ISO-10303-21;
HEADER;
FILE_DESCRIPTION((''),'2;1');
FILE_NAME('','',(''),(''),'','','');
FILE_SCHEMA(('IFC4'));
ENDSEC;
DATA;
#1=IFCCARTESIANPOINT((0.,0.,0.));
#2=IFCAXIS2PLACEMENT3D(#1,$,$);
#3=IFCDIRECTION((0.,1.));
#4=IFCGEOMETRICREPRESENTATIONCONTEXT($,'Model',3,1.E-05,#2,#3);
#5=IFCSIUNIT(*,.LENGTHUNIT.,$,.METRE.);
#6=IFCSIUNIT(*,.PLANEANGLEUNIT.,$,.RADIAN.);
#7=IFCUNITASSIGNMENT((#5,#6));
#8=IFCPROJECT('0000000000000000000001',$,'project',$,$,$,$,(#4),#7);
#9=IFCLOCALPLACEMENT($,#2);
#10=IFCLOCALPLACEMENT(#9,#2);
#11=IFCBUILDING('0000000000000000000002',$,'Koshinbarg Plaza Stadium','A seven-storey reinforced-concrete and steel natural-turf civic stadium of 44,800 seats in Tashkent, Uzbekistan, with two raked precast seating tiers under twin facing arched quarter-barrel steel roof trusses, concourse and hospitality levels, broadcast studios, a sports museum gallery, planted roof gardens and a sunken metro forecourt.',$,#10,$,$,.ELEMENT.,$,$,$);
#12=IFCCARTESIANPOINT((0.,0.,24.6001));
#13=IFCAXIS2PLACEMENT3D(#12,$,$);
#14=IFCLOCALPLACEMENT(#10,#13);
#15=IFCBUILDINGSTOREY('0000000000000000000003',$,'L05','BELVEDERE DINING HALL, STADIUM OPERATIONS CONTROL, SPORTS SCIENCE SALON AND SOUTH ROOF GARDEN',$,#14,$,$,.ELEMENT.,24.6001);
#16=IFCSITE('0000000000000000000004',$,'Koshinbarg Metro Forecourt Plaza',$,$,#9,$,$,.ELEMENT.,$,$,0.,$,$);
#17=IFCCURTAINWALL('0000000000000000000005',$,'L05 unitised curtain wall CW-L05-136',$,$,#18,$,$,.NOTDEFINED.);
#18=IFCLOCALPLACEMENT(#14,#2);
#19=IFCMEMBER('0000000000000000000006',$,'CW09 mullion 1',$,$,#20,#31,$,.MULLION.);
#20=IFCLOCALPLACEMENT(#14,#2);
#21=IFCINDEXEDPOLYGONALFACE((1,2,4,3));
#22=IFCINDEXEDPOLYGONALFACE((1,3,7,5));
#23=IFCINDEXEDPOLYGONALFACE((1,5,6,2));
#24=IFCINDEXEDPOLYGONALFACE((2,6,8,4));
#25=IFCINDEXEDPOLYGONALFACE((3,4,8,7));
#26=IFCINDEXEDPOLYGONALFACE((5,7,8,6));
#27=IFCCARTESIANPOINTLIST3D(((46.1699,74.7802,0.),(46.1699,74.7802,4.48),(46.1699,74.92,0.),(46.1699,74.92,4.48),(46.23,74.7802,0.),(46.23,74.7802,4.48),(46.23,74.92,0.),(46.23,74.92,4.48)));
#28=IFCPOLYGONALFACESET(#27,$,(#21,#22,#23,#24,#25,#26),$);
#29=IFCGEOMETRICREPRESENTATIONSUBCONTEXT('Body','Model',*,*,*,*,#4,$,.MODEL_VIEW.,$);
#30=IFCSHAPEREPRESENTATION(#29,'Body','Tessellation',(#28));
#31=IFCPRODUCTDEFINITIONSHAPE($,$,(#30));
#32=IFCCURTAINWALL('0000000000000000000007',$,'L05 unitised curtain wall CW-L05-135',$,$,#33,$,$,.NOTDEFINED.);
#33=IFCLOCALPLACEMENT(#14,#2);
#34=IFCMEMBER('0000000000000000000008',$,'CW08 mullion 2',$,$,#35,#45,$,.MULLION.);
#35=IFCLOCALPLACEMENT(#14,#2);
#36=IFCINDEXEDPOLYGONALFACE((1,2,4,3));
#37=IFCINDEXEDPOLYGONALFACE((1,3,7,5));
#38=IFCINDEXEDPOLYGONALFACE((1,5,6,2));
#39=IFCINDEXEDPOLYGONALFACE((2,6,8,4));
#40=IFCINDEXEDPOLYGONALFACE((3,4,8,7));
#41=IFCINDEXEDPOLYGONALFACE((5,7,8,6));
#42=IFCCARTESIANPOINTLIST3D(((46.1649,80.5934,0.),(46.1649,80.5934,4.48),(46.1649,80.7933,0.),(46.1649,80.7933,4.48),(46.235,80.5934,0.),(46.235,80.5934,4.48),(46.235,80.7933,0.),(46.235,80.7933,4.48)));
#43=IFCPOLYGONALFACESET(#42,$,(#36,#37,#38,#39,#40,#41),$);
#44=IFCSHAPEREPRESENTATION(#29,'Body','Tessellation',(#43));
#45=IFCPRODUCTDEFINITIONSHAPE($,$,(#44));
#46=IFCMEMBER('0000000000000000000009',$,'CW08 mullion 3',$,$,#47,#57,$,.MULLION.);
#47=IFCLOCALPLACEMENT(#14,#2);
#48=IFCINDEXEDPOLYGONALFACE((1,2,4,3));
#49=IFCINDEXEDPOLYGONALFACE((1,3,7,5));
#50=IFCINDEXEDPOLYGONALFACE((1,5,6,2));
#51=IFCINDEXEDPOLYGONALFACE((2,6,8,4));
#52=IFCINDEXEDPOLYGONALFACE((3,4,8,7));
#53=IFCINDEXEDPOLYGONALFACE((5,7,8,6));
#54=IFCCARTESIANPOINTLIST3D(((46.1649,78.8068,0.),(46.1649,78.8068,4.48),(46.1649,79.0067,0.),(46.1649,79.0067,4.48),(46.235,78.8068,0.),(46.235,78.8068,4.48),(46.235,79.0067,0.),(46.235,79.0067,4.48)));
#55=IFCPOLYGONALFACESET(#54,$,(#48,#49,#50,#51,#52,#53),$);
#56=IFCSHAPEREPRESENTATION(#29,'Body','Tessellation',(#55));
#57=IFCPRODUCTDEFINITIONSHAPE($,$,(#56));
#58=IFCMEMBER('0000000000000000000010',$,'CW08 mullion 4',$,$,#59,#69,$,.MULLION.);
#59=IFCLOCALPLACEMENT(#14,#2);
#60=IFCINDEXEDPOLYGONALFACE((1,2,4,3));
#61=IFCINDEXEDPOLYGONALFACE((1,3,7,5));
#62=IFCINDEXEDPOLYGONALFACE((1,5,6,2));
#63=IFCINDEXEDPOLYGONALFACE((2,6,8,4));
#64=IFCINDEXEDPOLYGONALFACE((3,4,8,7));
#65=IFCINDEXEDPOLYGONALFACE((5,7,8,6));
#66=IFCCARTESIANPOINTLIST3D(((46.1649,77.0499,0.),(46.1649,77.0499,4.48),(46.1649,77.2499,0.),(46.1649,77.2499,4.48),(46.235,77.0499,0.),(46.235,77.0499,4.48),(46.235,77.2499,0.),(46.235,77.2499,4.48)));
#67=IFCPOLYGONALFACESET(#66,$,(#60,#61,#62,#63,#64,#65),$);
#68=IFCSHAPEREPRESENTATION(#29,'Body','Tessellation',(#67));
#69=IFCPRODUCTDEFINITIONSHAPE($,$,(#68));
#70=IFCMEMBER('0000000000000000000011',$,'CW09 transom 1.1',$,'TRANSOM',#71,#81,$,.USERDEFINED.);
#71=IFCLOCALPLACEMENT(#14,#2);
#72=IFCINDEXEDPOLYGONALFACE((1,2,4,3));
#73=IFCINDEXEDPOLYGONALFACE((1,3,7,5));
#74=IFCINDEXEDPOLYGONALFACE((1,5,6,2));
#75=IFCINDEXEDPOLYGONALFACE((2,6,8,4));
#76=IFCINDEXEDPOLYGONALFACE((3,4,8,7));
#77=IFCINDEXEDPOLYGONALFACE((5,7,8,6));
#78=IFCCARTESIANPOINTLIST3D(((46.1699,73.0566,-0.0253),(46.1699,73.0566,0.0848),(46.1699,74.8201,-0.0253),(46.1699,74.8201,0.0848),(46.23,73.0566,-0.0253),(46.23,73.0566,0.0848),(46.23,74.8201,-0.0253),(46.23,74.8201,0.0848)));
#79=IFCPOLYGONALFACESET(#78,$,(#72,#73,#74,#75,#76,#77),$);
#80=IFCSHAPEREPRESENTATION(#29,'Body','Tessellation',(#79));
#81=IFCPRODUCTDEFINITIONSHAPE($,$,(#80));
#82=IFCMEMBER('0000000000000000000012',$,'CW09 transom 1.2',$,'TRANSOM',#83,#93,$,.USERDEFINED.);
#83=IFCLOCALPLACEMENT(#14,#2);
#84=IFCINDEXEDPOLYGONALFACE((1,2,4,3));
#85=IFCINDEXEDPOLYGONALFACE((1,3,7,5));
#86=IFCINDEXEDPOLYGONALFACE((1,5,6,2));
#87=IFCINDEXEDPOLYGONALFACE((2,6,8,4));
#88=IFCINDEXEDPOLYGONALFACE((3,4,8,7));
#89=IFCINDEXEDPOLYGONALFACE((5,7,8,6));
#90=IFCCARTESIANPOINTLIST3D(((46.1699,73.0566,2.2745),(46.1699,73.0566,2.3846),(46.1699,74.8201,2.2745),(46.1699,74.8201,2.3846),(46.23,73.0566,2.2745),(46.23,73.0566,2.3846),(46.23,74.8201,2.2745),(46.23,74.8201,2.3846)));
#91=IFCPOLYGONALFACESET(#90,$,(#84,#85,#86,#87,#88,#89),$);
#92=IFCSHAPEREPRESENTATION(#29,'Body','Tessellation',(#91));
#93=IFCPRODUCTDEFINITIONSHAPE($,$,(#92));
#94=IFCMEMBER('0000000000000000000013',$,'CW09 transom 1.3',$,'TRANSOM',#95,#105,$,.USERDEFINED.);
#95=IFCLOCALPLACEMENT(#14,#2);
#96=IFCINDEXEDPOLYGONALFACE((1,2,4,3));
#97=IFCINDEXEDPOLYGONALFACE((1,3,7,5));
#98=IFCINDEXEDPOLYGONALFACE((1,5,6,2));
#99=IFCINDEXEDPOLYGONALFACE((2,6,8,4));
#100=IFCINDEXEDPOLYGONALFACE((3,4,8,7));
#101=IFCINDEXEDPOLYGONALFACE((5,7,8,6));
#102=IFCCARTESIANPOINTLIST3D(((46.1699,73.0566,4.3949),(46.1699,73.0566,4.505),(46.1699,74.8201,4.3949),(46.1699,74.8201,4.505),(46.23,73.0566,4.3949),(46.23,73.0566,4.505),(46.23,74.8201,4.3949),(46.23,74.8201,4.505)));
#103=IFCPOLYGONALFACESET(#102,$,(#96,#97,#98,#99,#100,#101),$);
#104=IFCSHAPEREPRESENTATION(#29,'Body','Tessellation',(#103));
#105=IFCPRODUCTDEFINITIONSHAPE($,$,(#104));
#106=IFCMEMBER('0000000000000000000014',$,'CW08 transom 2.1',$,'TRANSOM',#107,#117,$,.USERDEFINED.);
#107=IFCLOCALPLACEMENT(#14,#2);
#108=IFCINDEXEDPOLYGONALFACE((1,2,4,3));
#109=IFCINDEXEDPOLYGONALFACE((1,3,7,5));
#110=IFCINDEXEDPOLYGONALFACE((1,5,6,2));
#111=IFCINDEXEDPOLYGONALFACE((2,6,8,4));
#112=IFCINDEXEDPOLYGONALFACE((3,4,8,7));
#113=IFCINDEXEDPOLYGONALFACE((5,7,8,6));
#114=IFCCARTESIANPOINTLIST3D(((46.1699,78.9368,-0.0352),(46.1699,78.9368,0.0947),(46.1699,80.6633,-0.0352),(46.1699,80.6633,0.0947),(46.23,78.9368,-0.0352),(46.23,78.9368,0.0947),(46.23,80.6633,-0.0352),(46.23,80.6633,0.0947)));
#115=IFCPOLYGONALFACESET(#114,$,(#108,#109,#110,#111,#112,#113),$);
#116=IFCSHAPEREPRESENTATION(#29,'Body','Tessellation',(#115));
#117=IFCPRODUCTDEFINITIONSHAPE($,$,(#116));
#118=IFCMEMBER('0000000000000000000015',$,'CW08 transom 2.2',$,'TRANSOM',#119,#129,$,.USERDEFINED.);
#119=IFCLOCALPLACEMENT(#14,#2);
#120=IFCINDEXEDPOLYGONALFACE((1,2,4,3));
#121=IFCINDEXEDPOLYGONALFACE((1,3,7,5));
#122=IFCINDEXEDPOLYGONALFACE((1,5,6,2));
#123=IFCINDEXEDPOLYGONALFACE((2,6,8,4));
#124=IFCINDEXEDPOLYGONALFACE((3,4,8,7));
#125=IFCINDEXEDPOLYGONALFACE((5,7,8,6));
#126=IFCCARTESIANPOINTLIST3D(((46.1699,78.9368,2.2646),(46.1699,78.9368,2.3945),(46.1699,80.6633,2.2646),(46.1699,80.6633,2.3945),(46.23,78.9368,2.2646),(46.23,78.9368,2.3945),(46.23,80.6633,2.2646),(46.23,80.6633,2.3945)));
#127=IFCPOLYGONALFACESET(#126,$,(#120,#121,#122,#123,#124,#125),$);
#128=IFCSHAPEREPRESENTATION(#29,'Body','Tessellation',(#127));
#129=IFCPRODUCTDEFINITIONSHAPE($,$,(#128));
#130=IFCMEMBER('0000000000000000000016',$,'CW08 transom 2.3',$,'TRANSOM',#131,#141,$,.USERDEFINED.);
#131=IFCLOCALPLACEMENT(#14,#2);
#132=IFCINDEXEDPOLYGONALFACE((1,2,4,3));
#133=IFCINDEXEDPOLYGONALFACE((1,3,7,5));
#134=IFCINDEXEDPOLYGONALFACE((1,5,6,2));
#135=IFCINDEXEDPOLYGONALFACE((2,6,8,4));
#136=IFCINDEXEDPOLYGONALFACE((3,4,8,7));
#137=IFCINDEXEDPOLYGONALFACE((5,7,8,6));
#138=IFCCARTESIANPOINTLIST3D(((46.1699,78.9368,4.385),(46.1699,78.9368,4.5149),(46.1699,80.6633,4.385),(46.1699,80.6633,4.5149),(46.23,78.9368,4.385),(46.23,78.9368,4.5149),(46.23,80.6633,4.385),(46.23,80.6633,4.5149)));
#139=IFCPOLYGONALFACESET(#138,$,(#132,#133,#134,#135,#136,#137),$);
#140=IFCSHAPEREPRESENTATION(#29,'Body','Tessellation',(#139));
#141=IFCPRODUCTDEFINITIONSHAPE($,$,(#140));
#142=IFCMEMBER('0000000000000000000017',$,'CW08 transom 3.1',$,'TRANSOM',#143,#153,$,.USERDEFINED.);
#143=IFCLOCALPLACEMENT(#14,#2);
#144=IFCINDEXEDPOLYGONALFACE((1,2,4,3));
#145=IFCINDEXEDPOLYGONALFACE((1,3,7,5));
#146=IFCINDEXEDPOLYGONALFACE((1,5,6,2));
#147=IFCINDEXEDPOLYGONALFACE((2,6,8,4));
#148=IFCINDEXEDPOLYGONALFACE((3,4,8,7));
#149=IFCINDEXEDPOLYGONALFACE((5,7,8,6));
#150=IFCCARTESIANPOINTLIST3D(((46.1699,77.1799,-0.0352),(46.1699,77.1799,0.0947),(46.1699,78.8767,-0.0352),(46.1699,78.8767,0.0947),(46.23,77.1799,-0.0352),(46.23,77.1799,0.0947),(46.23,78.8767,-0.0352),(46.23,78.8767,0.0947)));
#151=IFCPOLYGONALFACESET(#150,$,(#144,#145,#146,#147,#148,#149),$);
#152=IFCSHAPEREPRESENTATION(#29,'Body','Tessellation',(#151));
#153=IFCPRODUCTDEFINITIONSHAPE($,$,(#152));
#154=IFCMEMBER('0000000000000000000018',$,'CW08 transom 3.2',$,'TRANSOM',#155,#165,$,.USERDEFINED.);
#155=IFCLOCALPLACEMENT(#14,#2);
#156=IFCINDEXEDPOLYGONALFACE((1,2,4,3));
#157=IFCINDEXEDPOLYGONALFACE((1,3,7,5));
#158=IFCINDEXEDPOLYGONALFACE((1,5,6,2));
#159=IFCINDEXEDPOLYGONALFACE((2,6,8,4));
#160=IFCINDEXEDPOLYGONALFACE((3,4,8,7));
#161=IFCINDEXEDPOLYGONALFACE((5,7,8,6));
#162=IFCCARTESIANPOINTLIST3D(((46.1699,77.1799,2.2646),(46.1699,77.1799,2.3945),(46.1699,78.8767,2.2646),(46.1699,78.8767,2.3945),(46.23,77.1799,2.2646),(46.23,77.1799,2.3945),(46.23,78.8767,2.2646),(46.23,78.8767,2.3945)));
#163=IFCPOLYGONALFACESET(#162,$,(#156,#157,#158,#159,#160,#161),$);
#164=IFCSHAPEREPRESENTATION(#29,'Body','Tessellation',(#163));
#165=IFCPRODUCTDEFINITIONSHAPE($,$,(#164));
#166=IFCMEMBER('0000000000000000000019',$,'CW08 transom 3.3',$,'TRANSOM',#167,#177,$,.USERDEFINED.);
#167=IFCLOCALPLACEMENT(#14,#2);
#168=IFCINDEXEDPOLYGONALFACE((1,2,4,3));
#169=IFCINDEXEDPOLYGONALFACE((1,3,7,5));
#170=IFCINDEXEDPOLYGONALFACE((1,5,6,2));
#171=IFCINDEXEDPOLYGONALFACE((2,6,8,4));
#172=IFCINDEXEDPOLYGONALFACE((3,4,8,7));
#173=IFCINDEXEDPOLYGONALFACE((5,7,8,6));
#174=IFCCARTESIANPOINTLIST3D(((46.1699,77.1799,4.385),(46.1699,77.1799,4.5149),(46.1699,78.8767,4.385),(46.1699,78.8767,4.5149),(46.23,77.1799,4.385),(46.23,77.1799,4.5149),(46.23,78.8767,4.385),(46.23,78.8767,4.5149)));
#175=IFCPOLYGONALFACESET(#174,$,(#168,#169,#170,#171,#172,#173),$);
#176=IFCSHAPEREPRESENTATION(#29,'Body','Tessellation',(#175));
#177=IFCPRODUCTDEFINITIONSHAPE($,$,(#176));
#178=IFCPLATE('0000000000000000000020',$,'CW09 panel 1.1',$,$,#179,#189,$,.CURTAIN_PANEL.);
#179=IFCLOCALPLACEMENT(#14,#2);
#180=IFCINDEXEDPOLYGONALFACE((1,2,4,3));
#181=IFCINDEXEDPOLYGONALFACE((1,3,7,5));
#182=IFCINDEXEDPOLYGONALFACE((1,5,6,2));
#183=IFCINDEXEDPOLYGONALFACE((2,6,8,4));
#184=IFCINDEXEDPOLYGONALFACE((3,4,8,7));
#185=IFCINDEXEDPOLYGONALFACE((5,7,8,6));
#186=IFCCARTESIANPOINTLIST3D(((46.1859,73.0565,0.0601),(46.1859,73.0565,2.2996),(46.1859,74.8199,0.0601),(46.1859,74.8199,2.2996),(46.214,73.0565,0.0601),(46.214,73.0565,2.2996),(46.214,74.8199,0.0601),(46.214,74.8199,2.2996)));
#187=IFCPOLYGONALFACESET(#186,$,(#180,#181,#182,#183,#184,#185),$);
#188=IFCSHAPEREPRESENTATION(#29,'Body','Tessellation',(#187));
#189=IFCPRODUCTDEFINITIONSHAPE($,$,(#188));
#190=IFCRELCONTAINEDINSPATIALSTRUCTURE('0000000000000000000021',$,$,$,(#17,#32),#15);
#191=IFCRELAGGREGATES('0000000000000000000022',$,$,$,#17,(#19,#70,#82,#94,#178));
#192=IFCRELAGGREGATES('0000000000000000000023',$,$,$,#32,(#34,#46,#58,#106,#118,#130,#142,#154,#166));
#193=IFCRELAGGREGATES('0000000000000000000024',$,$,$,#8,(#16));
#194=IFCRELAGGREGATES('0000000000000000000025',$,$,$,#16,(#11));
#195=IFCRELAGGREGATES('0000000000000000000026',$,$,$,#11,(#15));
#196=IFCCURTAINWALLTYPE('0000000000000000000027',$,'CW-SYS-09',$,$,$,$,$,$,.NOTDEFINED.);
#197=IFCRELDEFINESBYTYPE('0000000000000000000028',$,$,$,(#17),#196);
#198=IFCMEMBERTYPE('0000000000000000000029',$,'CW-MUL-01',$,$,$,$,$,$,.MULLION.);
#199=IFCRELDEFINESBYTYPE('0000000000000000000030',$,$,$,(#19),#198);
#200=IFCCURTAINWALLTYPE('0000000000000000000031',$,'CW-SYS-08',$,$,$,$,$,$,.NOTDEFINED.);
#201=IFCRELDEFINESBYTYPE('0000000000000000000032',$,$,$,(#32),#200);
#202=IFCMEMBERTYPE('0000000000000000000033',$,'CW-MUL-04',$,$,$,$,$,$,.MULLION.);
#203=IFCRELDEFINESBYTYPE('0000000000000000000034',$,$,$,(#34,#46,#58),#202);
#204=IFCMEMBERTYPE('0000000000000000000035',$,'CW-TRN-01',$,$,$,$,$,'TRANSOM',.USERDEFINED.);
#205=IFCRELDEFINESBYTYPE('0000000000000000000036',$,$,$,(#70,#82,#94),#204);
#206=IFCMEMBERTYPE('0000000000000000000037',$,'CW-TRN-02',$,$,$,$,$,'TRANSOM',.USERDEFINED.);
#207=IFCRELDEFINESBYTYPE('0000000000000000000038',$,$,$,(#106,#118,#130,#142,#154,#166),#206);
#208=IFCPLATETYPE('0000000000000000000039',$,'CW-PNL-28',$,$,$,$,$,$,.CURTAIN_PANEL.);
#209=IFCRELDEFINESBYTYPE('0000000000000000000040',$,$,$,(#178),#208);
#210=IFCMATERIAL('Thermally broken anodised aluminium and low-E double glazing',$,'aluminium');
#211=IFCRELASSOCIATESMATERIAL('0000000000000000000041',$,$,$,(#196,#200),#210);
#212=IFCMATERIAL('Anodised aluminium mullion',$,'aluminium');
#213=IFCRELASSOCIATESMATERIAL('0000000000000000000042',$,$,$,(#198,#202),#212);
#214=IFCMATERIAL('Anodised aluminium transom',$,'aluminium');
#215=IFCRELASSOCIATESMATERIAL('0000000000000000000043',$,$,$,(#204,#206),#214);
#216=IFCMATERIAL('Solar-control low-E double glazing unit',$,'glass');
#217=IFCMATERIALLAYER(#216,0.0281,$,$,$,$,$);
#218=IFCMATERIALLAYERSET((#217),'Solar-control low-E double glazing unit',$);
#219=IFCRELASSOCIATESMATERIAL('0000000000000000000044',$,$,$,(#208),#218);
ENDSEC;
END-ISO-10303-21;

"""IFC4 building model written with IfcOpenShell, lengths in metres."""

from ifc_helpers import new_model, si_unit, direction, frame, origin, origin_2d, place, context, subcontext, project, spatial, rectangle, extrude, material, layer, layer_set, material_profile, profile_set, type_object, element, aggregate, save


model = new_model("IFC4")

# Units and contexts
model_context = context("Model", 3, precision=1e-05, world=origin(), true_north=direction((0.0, 1.0)))
body_context = subcontext(model_context, "Body", "Model", "MODEL_VIEW")
ifc_project = project(units=[si_unit("LENGTHUNIT", "METRE"), si_unit("PLANEANGLEUNIT", "RADIAN")], contexts=[model_context])

# Site, building, storey
site_placement = place(None, origin())
site = spatial("IfcSite", under=ifc_project, at=site_placement, Name="Koshinbarg Metro Forecourt Plaza", CompositionType="ELEMENT", RefElevation=0.0)
building_placement = place(site_placement, origin())
building = spatial("IfcBuilding", under=site, at=building_placement, Name="Koshinbarg Plaza Stadium", Description="A seven-storey reinforced-concrete and steel natural-turf civic stadium of 44,800 seats in Tashkent, Uzbekistan, with two raked precast seating tiers under twin facing arched quarter-barrel steel roof trusses, concourse and hospitality levels, broadcast studios, a sports museum gallery, planted roof gardens and a sunken metro forecourt.", CompositionType="ELEMENT")
storey_placement = place(building_placement, frame((0.0, 0.0, 24.6001)))
storey = spatial("IfcBuildingStorey", under=building, at=storey_placement, Name="L05", Description="BELVEDERE DINING HALL, STADIUM OPERATIONS CONTROL, SPORTS SCIENCE SALON AND SOUTH ROOF GARDEN", CompositionType="ELEMENT", Elevation=24.6001)

# Curtain wall, member
ifc_material_1 = material(Name="Thermally broken anodised aluminium and low-E double glazing", Category="aluminium")
curtain_wall_type_1 = type_object("IfcCurtainWallType", Name="CW-SYS-09", PredefinedType="NOTDEFINED", material=ifc_material_1)
curtain_wall_1_placement = place(storey_placement, origin())
curtain_wall_1 = element("IfcCurtainWall", 1, at=curtain_wall_1_placement, inside=storey, type_object=curtain_wall_type_1, Name="L05 unitised curtain wall CW-L05-136", PredefinedType="NOTDEFINED")
ifc_material_2 = material(Name="Anodised aluminium mullion", Category="aluminium")
ifc_material_profile_1 = material_profile(ifc_material_2, rectangle(XDim=0.0601, YDim=0.1399, at=origin_2d()), Name="ALU 60x140")
ifc_profile_set_1 = profile_set([ifc_material_profile_1], Name="Anodised aluminium mullion")
member_type_1 = type_object("IfcMemberType", Name="CW-MUL-01", PredefinedType="MULLION", material=ifc_profile_set_1)
member_1_placement = place(storey_placement, frame((46.2, 74.8501, 0.0), z_axis=(0.0, 0.0, 1.0), x_axis=(1.0, 0.0, 0.0)))
member_1 = element("IfcMember", 2, at=member_1_placement, type_object=member_type_1, Name="CW09 mullion 1", PredefinedType="MULLION", context=body_context, shape_type="SweptSolid", body=[
    extrude(rectangle(XDim=0.0601, YDim=0.1399, at=origin_2d()), origin(), (0.0, 0.0, 1.0), 4.48),
])

# Curtain wall, members
curtain_wall_type_2 = type_object("IfcCurtainWallType", Name="CW-SYS-08", PredefinedType="NOTDEFINED", material=ifc_material_1)
curtain_wall_2_placement = place(storey_placement, origin())
curtain_wall_2 = element("IfcCurtainWall", 3, at=curtain_wall_2_placement, inside=storey, type_object=curtain_wall_type_2, Name="L05 unitised curtain wall CW-L05-135", PredefinedType="NOTDEFINED")
ifc_material_profile_2 = material_profile(ifc_material_2, rectangle(XDim=0.0701, YDim=0.2, at=origin_2d()), Name="ALU 70x200")
ifc_profile_set_2 = profile_set([ifc_material_profile_2], Name="Anodised aluminium mullion")
member_type_2 = type_object("IfcMemberType", Name="CW-MUL-04", PredefinedType="MULLION", material=ifc_profile_set_2)
member_2_placement = place(storey_placement, frame((46.2, 80.6934, 0.0), z_axis=(0.0, 0.0, 1.0), x_axis=(1.0, 0.0, 0.0)))
member_2 = element("IfcMember", 4, at=member_2_placement, type_object=member_type_2, Name="CW08 mullion 2", PredefinedType="MULLION", context=body_context, shape_type="SweptSolid", body=[
    extrude(rectangle(XDim=0.0701, YDim=0.2, at=origin_2d()), origin(), (0.0, 0.0, 1.0), 4.48),
])
member_3_placement = place(storey_placement, frame((46.2, 78.9067, 0.0), z_axis=(0.0, 0.0, 1.0), x_axis=(1.0, 0.0, 0.0)))
member_3 = element("IfcMember", 5, at=member_3_placement, type_object=member_type_2, Name="CW08 mullion 3", PredefinedType="MULLION", context=body_context, shape_type="SweptSolid", body=[
    extrude(rectangle(XDim=0.0701, YDim=0.2, at=origin_2d()), origin(), (0.0, 0.0, 1.0), 4.48),
])
member_4_placement = place(storey_placement, frame((46.2, 77.1499, 0.0), z_axis=(0.0, 0.0, 1.0), x_axis=(1.0, 0.0, 0.0)))
member_4 = element("IfcMember", 6, at=member_4_placement, type_object=member_type_2, Name="CW08 mullion 4", PredefinedType="MULLION", context=body_context, shape_type="SweptSolid", body=[
    extrude(rectangle(XDim=0.0701, YDim=0.2, at=origin_2d()), origin(), (0.0, 0.0, 1.0), 4.48),
])

# Members
ifc_material_3 = material(Name="Anodised aluminium transom", Category="aluminium")
ifc_material_profile_3 = material_profile(ifc_material_3, rectangle(XDim=0.0601, YDim=0.1101, at=origin_2d()), Name="ALU 60x110")
ifc_profile_set_3 = profile_set([ifc_material_profile_3], Name="Anodised aluminium transom")
member_type_3 = type_object("IfcMemberType", Name="CW-TRN-01", ElementType="TRANSOM", PredefinedType="USERDEFINED", material=ifc_profile_set_3)
member_5_placement = place(storey_placement, frame((46.2, 74.8201, 0.0298), z_axis=(0.0, -1.0, 0.0), x_axis=(1.0, 0.0, 0.0)))
member_5 = element("IfcMember", 7, at=member_5_placement, type_object=member_type_3, Name="CW09 transom 1.1", ObjectType="TRANSOM", PredefinedType="USERDEFINED", context=body_context, shape_type="SweptSolid", body=[
    extrude(rectangle(XDim=0.0601, YDim=0.1101, at=origin_2d()), origin(), (0.0, 0.0, 1.0), 1.7634),
])
member_6_placement = place(storey_placement, frame((46.2, 74.8201, 2.3296), z_axis=(0.0, -1.0, 0.0), x_axis=(1.0, 0.0, 0.0)))
member_6 = element("IfcMember", 8, at=member_6_placement, type_object=member_type_3, Name="CW09 transom 1.2", ObjectType="TRANSOM", PredefinedType="USERDEFINED", context=body_context, shape_type="SweptSolid", body=[
    extrude(rectangle(XDim=0.0601, YDim=0.1101, at=origin_2d()), origin(), (0.0, 0.0, 1.0), 1.7634),
])
member_7_placement = place(storey_placement, frame((46.2, 74.8201, 4.45), z_axis=(0.0, -1.0, 0.0), x_axis=(1.0, 0.0, 0.0)))
member_7 = element("IfcMember", 9, at=member_7_placement, type_object=member_type_3, Name="CW09 transom 1.3", ObjectType="TRANSOM", PredefinedType="USERDEFINED", context=body_context, shape_type="SweptSolid", body=[
    extrude(rectangle(XDim=0.0601, YDim=0.1101, at=origin_2d()), origin(), (0.0, 0.0, 1.0), 1.7634),
])
ifc_material_profile_4 = material_profile(ifc_material_3, rectangle(XDim=0.0601, YDim=0.1299, at=origin_2d()), Name="ALU 60x130")
ifc_profile_set_4 = profile_set([ifc_material_profile_4], Name="Anodised aluminium transom")
member_type_4 = type_object("IfcMemberType", Name="CW-TRN-02", ElementType="TRANSOM", PredefinedType="USERDEFINED", material=ifc_profile_set_4)
member_8_placement = place(storey_placement, frame((46.2, 80.6633, 0.0298), z_axis=(0.0, -1.0, 0.0), x_axis=(1.0, 0.0, 0.0)))
member_8 = element("IfcMember", 10, at=member_8_placement, type_object=member_type_4, Name="CW08 transom 2.1", ObjectType="TRANSOM", PredefinedType="USERDEFINED", context=body_context, shape_type="SweptSolid", body=[
    extrude(rectangle(XDim=0.0601, YDim=0.1299, at=origin_2d()), origin(), (0.0, 0.0, 1.0), 1.7266),
])
member_9_placement = place(storey_placement, frame((46.2, 80.6633, 2.3296), z_axis=(0.0, -1.0, 0.0), x_axis=(1.0, 0.0, 0.0)))
member_9 = element("IfcMember", 11, at=member_9_placement, type_object=member_type_4, Name="CW08 transom 2.2", ObjectType="TRANSOM", PredefinedType="USERDEFINED", context=body_context, shape_type="SweptSolid", body=[
    extrude(rectangle(XDim=0.0601, YDim=0.1299, at=origin_2d()), origin(), (0.0, 0.0, 1.0), 1.7266),
])
member_10_placement = place(storey_placement, frame((46.2, 80.6633, 4.45), z_axis=(0.0, -1.0, 0.0), x_axis=(1.0, 0.0, 0.0)))
member_10 = element("IfcMember", 12, at=member_10_placement, type_object=member_type_4, Name="CW08 transom 2.3", ObjectType="TRANSOM", PredefinedType="USERDEFINED", context=body_context, shape_type="SweptSolid", body=[
    extrude(rectangle(XDim=0.0601, YDim=0.1299, at=origin_2d()), origin(), (0.0, 0.0, 1.0), 1.7266),
])
member_11_placement = place(storey_placement, frame((46.2, 78.8767, 0.0298), z_axis=(0.0, -1.0, 0.0), x_axis=(1.0, 0.0, 0.0)))
member_11 = element("IfcMember", 13, at=member_11_placement, type_object=member_type_4, Name="CW08 transom 3.1", ObjectType="TRANSOM", PredefinedType="USERDEFINED", context=body_context, shape_type="SweptSolid", body=[
    extrude(rectangle(XDim=0.0601, YDim=0.1299, at=origin_2d()), origin(), (0.0, 0.0, 1.0), 1.6968),
])
member_12_placement = place(storey_placement, frame((46.2, 78.8767, 2.3296), z_axis=(0.0, -1.0, 0.0), x_axis=(1.0, 0.0, 0.0)))
member_12 = element("IfcMember", 14, at=member_12_placement, type_object=member_type_4, Name="CW08 transom 3.2", ObjectType="TRANSOM", PredefinedType="USERDEFINED", context=body_context, shape_type="SweptSolid", body=[
    extrude(rectangle(XDim=0.0601, YDim=0.1299, at=origin_2d()), origin(), (0.0, 0.0, 1.0), 1.6968),
])
member_13_placement = place(storey_placement, frame((46.2, 78.8767, 4.45), z_axis=(0.0, -1.0, 0.0), x_axis=(1.0, 0.0, 0.0)))
member_13 = element("IfcMember", 15, at=member_13_placement, type_object=member_type_4, Name="CW08 transom 3.3", ObjectType="TRANSOM", PredefinedType="USERDEFINED", context=body_context, shape_type="SweptSolid", body=[
    extrude(rectangle(XDim=0.0601, YDim=0.1299, at=origin_2d()), origin(), (0.0, 0.0, 1.0), 1.6968),
])

# Plate
ifc_material_4 = material(Name="Solar-control low-E double glazing unit", Category="glass")
ifc_layer_1 = layer(ifc_material_4, 0.0281)
ifc_layer_set_1 = layer_set([ifc_layer_1], Name="Solar-control low-E double glazing unit")
plate_type_1 = type_object("IfcPlateType", Name="CW-PNL-28", PredefinedType="CURTAIN_PANEL", material=ifc_layer_set_1)
plate_1_placement = place(storey_placement, frame((46.2, 73.9382, 0.0601), z_axis=(0.0, 0.0, 1.0), x_axis=(0.0, -1.0, 0.0)))
plate_1 = element("IfcPlate", 16, at=plate_1_placement, type_object=plate_type_1, Name="CW09 panel 1.1", PredefinedType="CURTAIN_PANEL", context=body_context, shape_type="SweptSolid", body=[
    extrude(rectangle(XDim=1.7634, YDim=0.0281, at=origin_2d()), origin(), (0.0, 0.0, 1.0), 2.2395),
])
aggregate(curtain_wall_1, [member_1, member_5, member_6, member_7, plate_1])
aggregate(curtain_wall_2, [member_2, member_3, member_4, member_8, member_9, member_10, member_11, member_12, member_13])

save(model, "model.ifc")
